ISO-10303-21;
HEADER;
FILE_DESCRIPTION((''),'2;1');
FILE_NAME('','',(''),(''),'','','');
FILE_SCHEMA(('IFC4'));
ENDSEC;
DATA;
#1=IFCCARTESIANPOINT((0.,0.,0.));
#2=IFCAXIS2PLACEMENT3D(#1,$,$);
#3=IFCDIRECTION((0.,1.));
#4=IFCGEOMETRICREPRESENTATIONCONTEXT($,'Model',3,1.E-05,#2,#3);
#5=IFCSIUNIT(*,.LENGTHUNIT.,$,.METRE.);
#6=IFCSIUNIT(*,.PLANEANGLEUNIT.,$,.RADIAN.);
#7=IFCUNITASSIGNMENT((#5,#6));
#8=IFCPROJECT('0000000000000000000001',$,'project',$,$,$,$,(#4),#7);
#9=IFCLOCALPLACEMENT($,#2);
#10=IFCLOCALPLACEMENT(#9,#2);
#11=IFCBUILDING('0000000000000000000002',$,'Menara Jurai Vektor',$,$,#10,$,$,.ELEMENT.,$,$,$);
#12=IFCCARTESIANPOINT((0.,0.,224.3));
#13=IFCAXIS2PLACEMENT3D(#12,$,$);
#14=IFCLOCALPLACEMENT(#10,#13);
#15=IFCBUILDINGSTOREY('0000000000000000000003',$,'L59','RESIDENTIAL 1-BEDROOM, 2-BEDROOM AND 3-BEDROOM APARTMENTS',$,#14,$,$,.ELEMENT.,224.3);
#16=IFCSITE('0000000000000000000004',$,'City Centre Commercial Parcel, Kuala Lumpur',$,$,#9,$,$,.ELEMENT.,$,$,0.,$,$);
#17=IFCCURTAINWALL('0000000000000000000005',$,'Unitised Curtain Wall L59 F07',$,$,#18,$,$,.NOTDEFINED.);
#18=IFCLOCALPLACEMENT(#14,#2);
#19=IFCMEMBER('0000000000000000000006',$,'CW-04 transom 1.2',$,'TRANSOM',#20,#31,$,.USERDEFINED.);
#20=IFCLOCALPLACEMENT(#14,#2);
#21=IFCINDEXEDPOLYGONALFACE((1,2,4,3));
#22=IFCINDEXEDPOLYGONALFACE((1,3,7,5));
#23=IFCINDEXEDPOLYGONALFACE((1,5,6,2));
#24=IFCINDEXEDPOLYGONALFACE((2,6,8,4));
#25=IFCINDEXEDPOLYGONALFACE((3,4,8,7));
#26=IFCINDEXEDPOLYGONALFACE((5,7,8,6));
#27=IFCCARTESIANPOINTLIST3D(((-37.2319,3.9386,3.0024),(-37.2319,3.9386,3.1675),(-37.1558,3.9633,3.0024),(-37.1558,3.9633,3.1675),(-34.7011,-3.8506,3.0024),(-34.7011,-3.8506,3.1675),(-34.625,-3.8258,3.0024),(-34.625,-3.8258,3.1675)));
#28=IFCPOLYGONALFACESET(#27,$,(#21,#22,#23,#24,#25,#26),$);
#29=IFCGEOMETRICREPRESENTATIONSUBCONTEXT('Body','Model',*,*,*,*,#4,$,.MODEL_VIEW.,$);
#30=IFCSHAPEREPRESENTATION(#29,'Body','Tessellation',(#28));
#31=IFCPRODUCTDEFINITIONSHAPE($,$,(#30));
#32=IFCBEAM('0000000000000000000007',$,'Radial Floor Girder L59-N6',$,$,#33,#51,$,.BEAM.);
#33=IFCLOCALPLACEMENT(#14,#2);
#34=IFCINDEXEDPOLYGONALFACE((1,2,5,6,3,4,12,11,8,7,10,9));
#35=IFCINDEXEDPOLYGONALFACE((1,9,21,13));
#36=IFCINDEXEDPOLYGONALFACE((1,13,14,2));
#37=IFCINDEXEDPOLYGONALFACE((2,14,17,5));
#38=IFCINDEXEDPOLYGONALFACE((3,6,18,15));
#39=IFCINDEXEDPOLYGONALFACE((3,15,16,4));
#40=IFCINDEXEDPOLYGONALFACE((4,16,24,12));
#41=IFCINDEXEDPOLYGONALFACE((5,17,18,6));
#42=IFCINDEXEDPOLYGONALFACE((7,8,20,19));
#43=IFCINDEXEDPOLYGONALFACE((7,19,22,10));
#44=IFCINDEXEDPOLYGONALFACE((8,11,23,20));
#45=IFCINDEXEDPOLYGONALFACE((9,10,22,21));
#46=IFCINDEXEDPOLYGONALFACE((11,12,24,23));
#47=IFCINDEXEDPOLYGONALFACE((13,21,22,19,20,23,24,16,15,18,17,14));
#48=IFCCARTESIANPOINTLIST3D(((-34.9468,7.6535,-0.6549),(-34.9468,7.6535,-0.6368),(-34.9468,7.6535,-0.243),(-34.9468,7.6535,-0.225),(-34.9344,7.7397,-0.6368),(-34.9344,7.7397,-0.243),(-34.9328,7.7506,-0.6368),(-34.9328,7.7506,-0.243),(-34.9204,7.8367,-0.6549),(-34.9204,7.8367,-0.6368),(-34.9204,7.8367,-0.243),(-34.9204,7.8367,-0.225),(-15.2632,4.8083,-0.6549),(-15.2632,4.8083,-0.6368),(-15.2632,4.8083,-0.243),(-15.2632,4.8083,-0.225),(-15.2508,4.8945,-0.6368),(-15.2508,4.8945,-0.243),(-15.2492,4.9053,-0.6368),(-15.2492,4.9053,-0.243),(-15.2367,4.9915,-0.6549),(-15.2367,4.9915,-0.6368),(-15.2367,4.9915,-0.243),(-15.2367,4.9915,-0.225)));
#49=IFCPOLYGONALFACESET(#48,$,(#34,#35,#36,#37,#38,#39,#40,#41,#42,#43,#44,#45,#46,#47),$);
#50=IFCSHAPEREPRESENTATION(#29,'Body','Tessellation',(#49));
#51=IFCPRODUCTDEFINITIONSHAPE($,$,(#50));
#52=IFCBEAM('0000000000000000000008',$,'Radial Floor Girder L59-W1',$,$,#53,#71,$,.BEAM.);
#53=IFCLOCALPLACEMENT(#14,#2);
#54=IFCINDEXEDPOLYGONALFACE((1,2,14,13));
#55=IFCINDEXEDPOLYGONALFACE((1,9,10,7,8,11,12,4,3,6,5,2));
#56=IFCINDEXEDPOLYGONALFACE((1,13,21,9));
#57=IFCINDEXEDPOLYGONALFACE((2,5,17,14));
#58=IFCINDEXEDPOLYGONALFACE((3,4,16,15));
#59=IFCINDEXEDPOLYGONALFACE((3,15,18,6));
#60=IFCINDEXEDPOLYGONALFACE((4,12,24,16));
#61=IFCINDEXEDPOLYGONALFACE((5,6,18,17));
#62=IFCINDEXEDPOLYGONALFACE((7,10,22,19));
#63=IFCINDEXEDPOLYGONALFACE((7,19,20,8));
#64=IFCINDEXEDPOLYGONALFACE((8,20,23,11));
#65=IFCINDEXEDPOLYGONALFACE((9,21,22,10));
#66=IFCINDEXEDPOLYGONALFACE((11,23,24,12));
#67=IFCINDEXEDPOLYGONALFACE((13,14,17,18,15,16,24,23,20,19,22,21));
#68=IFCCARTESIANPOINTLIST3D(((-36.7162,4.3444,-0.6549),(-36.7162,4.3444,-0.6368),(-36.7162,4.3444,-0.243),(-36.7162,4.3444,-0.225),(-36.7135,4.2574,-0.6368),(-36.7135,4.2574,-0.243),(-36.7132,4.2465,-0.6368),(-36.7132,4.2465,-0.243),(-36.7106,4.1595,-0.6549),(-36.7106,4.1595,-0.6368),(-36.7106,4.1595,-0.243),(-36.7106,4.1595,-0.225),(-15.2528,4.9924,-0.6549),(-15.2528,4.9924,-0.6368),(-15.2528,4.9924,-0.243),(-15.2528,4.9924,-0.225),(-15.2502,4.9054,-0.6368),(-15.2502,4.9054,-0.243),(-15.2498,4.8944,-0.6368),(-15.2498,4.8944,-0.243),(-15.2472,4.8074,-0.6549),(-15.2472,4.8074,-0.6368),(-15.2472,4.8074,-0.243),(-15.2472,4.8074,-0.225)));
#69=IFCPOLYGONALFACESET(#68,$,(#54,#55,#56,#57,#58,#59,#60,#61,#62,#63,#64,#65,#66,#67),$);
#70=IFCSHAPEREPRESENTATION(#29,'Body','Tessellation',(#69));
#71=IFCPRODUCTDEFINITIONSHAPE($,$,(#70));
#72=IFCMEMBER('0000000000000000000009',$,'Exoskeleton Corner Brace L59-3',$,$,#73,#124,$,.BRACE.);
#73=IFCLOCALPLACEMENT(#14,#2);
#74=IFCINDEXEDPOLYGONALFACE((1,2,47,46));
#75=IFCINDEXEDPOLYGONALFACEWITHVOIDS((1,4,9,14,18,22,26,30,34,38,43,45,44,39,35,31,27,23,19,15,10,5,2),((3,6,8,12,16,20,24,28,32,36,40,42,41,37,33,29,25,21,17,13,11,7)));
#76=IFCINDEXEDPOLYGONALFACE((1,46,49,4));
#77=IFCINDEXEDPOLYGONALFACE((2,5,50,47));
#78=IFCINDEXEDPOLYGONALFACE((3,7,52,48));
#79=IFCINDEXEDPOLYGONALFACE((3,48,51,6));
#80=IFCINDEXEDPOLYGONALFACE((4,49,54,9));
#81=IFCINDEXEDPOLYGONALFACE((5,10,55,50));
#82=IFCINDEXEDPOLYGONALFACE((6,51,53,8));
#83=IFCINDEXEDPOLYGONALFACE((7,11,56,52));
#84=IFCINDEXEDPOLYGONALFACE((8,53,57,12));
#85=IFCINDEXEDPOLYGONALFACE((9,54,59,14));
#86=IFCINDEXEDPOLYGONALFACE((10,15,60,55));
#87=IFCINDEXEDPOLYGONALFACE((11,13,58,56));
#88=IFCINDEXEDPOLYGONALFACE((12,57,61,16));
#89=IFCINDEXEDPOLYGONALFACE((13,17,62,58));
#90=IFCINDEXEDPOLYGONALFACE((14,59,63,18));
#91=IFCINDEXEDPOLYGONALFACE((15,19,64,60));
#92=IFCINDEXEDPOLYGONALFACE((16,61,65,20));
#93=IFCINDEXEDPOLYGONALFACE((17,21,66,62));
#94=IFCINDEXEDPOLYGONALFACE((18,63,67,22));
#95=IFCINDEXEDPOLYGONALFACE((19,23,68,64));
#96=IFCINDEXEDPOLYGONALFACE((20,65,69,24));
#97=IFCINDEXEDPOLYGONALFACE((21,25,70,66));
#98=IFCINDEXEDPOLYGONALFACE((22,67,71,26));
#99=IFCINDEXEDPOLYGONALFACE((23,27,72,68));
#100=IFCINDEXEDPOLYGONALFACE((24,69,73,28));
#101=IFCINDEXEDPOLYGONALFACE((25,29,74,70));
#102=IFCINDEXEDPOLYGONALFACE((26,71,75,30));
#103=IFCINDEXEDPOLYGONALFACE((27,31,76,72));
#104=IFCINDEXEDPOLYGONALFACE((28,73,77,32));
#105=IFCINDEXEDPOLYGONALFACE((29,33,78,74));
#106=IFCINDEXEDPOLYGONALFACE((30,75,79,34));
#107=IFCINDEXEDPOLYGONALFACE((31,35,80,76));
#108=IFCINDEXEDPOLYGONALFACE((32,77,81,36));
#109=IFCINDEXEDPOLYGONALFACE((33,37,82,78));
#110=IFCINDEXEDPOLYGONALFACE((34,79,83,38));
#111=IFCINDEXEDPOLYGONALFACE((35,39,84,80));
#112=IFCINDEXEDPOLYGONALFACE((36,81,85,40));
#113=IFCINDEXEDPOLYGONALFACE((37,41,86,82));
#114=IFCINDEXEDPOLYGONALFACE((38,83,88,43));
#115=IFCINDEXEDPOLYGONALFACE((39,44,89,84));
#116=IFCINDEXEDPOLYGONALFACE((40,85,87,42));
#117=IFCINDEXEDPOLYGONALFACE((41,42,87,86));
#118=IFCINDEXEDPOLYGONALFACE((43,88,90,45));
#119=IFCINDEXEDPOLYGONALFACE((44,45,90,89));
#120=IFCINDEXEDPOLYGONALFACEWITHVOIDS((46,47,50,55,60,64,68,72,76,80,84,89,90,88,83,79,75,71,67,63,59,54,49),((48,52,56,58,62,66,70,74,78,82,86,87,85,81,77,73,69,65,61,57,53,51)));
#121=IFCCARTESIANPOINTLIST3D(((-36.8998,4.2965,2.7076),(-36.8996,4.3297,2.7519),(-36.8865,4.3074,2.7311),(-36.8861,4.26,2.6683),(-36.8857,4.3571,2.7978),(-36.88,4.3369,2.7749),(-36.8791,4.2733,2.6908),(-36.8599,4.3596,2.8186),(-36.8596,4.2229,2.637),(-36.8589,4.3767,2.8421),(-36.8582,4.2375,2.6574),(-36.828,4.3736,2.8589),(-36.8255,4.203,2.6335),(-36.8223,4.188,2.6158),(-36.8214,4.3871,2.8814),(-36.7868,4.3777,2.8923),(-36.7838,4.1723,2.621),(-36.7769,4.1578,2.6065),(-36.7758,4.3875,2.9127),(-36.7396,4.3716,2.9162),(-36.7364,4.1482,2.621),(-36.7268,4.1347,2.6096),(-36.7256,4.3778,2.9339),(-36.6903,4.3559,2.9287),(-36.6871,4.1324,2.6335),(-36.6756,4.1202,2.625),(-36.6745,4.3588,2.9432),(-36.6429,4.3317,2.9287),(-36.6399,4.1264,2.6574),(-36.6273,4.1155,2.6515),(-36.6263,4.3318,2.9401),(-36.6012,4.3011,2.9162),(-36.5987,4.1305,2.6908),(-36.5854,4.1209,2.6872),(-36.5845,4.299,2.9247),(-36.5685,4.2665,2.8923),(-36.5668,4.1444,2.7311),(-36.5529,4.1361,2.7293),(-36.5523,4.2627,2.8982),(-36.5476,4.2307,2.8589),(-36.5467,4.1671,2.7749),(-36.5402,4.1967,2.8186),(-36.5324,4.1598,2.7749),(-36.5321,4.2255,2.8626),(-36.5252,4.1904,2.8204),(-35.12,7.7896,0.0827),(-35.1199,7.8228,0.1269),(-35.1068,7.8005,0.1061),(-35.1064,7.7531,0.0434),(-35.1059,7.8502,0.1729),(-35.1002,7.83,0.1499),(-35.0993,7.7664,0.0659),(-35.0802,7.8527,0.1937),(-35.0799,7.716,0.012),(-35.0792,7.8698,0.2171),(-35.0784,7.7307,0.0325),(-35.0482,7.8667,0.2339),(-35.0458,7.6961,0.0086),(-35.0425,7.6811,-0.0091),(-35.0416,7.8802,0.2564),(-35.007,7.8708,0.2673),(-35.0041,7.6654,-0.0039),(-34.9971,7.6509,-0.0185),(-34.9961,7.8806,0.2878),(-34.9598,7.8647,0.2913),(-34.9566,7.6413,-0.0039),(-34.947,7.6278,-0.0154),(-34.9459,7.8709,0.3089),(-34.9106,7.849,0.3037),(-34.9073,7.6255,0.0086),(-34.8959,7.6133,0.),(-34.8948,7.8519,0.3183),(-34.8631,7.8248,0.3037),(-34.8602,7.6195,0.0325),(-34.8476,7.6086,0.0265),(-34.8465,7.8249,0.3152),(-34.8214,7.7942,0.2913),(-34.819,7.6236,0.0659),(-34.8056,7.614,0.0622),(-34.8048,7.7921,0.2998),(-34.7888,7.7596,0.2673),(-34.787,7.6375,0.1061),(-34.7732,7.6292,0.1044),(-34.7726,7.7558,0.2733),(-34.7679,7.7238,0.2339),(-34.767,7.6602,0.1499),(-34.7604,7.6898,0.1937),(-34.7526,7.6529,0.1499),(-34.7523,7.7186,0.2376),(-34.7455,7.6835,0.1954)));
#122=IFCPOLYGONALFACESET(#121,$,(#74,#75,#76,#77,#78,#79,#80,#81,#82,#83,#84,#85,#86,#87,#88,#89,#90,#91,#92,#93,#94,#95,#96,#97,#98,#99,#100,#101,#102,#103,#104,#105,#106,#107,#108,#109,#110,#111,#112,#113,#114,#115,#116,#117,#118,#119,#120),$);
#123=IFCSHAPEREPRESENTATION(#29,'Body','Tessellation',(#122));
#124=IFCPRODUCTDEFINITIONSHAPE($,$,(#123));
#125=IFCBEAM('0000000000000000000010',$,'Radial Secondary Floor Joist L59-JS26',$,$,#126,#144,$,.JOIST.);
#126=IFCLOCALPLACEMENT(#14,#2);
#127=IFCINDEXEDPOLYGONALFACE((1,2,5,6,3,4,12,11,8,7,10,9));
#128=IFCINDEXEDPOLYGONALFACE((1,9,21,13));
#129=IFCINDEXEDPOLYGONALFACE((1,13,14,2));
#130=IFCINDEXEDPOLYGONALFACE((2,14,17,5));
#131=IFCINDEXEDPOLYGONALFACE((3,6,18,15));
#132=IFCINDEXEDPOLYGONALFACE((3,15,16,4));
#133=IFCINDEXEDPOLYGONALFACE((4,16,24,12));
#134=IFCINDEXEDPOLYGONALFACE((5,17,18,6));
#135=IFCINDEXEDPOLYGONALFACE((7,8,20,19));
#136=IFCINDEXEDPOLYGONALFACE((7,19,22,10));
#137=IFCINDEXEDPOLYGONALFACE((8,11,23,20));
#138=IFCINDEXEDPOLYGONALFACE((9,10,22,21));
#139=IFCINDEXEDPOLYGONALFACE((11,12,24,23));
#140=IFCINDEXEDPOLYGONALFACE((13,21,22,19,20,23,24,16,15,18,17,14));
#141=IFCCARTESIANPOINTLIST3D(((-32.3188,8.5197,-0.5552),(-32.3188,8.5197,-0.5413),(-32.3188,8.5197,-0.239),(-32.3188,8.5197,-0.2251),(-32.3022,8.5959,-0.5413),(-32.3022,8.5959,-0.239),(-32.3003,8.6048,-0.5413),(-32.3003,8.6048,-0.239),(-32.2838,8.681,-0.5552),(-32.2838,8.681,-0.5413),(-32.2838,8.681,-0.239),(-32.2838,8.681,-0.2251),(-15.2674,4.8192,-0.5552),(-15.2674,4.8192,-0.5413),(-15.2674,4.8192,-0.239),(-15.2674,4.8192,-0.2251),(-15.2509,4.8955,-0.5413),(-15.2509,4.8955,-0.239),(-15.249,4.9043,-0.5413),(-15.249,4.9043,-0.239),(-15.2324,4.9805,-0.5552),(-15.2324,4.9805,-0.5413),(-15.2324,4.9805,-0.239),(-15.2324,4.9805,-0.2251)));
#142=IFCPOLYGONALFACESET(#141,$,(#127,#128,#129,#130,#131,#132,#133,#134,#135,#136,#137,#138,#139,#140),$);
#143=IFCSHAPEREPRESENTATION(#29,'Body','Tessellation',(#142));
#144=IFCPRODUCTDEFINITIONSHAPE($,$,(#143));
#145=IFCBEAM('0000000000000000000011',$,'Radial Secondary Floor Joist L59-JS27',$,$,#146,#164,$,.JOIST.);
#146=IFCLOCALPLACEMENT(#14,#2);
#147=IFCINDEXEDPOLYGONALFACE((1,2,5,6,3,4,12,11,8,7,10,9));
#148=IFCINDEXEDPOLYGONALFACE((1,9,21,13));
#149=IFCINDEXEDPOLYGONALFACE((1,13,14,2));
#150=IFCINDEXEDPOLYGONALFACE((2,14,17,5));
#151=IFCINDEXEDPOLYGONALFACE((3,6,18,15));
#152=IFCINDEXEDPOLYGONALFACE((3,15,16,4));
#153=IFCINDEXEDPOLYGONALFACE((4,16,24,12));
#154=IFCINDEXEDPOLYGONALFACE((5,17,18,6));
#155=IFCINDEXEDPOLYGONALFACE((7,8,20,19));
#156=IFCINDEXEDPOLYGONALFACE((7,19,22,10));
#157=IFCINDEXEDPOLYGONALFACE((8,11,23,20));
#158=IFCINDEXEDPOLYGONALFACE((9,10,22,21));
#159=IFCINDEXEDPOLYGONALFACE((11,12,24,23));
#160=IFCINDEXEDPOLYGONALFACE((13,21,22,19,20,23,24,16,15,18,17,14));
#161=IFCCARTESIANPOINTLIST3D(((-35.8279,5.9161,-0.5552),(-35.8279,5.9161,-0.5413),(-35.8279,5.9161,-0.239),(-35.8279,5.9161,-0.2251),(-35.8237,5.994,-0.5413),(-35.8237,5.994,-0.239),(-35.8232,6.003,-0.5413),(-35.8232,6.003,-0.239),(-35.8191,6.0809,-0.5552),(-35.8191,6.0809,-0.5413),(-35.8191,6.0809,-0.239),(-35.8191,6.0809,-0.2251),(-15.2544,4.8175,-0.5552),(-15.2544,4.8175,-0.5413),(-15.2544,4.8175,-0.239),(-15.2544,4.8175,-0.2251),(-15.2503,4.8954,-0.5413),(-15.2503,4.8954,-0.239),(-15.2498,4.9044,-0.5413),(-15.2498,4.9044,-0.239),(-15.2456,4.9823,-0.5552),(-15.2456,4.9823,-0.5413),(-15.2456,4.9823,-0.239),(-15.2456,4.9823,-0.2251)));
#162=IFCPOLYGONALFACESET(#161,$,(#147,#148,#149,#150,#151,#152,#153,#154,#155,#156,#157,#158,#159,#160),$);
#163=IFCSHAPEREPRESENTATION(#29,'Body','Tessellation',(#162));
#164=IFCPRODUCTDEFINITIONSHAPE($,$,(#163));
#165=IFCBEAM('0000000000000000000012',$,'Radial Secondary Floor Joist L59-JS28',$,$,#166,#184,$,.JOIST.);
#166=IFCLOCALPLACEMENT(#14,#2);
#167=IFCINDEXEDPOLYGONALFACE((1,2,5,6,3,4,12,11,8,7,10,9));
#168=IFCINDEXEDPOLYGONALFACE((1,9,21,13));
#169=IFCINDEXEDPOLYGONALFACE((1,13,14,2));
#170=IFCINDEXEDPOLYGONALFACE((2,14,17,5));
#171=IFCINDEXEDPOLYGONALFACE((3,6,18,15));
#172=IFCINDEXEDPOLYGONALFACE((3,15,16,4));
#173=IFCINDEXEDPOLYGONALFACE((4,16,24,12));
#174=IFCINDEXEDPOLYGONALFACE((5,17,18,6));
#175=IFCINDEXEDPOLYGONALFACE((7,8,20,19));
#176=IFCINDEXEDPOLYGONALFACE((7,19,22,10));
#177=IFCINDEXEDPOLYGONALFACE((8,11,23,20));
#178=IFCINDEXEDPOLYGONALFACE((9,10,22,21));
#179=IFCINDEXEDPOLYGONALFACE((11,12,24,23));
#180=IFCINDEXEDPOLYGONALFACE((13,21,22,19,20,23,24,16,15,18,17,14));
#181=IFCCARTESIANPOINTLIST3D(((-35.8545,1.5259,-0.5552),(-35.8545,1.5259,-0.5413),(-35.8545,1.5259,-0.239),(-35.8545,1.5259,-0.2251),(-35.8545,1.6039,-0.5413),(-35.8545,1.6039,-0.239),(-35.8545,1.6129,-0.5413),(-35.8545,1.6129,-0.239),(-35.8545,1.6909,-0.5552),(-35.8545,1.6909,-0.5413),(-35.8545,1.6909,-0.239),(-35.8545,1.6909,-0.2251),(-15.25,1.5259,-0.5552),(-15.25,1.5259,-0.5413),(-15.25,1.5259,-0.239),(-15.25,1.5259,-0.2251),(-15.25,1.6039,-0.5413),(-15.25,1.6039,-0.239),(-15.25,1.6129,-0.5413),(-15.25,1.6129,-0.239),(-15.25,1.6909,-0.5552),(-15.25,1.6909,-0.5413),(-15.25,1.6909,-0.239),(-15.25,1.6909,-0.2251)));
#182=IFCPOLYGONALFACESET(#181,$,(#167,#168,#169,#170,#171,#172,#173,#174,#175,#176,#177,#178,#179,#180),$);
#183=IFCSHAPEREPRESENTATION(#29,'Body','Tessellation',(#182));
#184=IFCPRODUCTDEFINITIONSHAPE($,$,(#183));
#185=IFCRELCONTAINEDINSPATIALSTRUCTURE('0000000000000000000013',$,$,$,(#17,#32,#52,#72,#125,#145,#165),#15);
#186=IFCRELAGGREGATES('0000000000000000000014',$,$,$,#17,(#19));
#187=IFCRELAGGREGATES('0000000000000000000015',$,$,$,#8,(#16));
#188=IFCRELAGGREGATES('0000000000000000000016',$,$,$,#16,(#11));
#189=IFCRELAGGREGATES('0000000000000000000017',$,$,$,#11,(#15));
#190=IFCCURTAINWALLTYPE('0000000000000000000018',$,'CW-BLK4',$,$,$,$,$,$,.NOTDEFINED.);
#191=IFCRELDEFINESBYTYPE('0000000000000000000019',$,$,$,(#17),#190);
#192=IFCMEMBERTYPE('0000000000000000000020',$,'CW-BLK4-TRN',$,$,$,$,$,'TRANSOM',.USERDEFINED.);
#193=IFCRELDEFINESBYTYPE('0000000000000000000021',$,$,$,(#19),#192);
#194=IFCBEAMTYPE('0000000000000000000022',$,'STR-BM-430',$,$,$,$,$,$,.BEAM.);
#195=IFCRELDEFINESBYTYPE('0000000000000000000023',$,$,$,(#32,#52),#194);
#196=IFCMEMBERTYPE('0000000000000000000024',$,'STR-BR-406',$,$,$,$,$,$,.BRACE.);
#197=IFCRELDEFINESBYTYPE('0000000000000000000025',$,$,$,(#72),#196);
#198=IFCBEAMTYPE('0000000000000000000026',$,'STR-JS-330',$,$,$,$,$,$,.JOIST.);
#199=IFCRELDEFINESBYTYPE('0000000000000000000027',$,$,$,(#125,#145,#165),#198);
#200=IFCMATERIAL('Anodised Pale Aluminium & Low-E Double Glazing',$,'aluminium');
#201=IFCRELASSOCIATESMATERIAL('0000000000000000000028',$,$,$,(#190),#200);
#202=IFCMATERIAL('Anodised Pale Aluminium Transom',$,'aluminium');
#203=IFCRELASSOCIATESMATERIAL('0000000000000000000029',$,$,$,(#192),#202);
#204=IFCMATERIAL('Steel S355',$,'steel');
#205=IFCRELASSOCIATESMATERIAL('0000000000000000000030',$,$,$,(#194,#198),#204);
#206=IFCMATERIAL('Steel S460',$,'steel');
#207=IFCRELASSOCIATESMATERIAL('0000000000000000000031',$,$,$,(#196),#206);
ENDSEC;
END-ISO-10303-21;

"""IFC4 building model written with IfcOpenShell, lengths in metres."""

from ifc_helpers import new_model, si_unit, direction, frame, origin, origin_2d, place, context, subcontext, project, spatial, rectangle, hollow_circle, i_section, extrude, material, material_profile, profile_set, type_object, element, aggregate, save


model = new_model("IFC4")

# Units and contexts
model_context = context("Model", 3, precision=1e-05, world=origin(), true_north=direction((0.0, 1.0)))
body_context = subcontext(model_context, "Body", "Model", "MODEL_VIEW")
ifc_project = project(units=[si_unit("LENGTHUNIT", "METRE"), si_unit("PLANEANGLEUNIT", "RADIAN")], contexts=[model_context])

# Site, building, storey
site_placement = place(None, origin())
site = spatial("IfcSite", under=ifc_project, at=site_placement, Name="City Centre Commercial Parcel, Kuala Lumpur", CompositionType="ELEMENT", RefElevation=0.0)
building_placement = place(site_placement, origin())
building = spatial("IfcBuilding", under=site, at=building_placement, Name="Menara Jurai Vektor", CompositionType="ELEMENT")
storey_placement = place(building_placement, frame((0.0, 0.0, 224.3)))
storey = spatial("IfcBuildingStorey", under=building, at=storey_placement, Name="L59", Description="RESIDENTIAL 1-BEDROOM, 2-BEDROOM AND 3-BEDROOM APARTMENTS", CompositionType="ELEMENT", Elevation=224.3)

# Shared definitions
ifc_material_1 = material(Name="Steel S460", Category="steel")

# Shared definitions
ifc_material_2 = material(Name="Anodised Pale Aluminium & Low-E Double Glazing", Category="aluminium")
curtain_wall_type = type_object("IfcCurtainWallType", Name="CW-BLK4", PredefinedType="NOTDEFINED", material=ifc_material_2)

# Curtain wall
curtain_wall_1_placement = place(storey_placement, origin())
curtain_wall_1 = element("IfcCurtainWall", 1, at=curtain_wall_1_placement, inside=storey, type_object=curtain_wall_type, Name="Unitised Curtain Wall L59 F07", PredefinedType="NOTDEFINED")

# Member
ifc_material_3 = material(Name="Anodised Pale Aluminium Transom", Category="aluminium")
ifc_material_profile_1 = material_profile(ifc_material_3, rectangle(XDim=0.0801, YDim=0.165, at=origin_2d()), Name="ALU TRN 80x165")
ifc_profile_set_1 = profile_set([ifc_material_profile_1], Name="Anodised Pale Aluminium Transom")
member_type_1 = type_object("IfcMemberType", Name="CW-BLK4-TRN", ElementType="TRANSOM", PredefinedType="USERDEFINED", material=ifc_profile_set_1)
member_1_placement = place(storey_placement, frame((-37.1938, 3.9509, 3.085), z_axis=(0.309011, -0.951059, 0.0), x_axis=(0.951059, 0.309011, 0.0)))
member_1 = element("IfcMember", 2, at=member_1_placement, type_object=member_type_1, Name="CW-04 transom 1.2", ObjectType="TRANSOM", PredefinedType="USERDEFINED", context=body_context, shape_type="SweptSolid", body=[
    extrude(rectangle(XDim=0.0801, YDim=0.165, at=origin_2d()), origin(), (0.0, 0.0, 1.0), 8.1899),
])

# Beams
ifc_material_4 = material(Name="Steel S355", Category="steel")
ifc_material_profile_2 = material_profile(ifc_material_4, i_section(OverallWidth=0.1851, OverallDepth=0.4299, WebThickness=0.011, FlangeThickness=0.0181, at=origin_2d()), Name="PG 430x185x76")
ifc_profile_set_2 = profile_set([ifc_material_profile_2], Name="Steel S355")
beam_type_1 = type_object("IfcBeamType", Name="STR-BM-430", PredefinedType="BEAM", material=ifc_profile_set_2)
beam_1_placement = place(storey_placement, frame((-34.9336, 7.7451, -0.4399), z_axis=(0.989714, -0.143061, 0.0), x_axis=(0.143061, 0.989714, 0.0)))
element("IfcBeam", 3, at=beam_1_placement, inside=storey, type_object=beam_type_1, Name="Radial Floor Girder L59-N6", PredefinedType="BEAM", context=body_context, shape_type="SweptSolid", body=[
    extrude(i_section(OverallWidth=0.1851, OverallDepth=0.4299, WebThickness=0.011, FlangeThickness=0.0181, at=origin_2d()), origin(), (0.0, 0.0, 1.0), 19.8882),
])
beam_2_placement = place(storey_placement, frame((-36.7134, 4.252, -0.4399), z_axis=(0.999545, 0.030175, 0.0), x_axis=(-0.030175, 0.999545, 0.0)))
element("IfcBeam", 4, at=beam_2_placement, inside=storey, type_object=beam_type_1, Name="Radial Floor Girder L59-W1", PredefinedType="BEAM", context=body_context, shape_type="SweptSolid", body=[
    extrude(i_section(OverallWidth=0.1851, OverallDepth=0.4299, WebThickness=0.011, FlangeThickness=0.0181, at=origin_2d()), origin(), (0.0, 0.0, 1.0), 21.4731),
])

# Member
ifc_material_profile_3 = material_profile(ifc_material_1, hollow_circle(Radius=0.2031, WallThickness=0.0161, at=origin_2d()), Name="CHS 406.4x16")
ifc_profile_set_3 = profile_set([ifc_material_profile_3], Name="Steel S460")
member_type_2 = type_object("IfcMemberType", Name="STR-BR-406", PredefinedType="BRACE", material=ifc_profile_set_3)
member_2_placement = place(storey_placement, frame((-34.9336, 7.7451, 0.1499), z_axis=(-0.377225, -0.740375, 0.556368), x_axis=(0.891014, -0.453976, 0.0)))
element("IfcMember", 5, at=member_2_placement, inside=storey, type_object=member_type_2, Name="Exoskeleton Corner Brace L59-3", PredefinedType="BRACE", context=body_context, shape_type="SweptSolid", body=[
    extrude(hollow_circle(Radius=0.2031, WallThickness=0.0161, at=origin_2d()), origin(), (0.0, 0.0, 1.0), 4.718),
])

# Beams
ifc_material_profile_4 = material_profile(ifc_material_4, i_section(OverallWidth=0.165, OverallDepth=0.3301, WebThickness=0.009, FlangeThickness=0.0139, at=origin_2d()), Name="PG 330x165x46")
ifc_profile_set_4 = profile_set([ifc_material_profile_4], Name="Steel S355")
beam_type_2 = type_object("IfcBeamType", Name="STR-JS-330", PredefinedType="JOIST", material=ifc_profile_set_4)
beam_3_placement = place(storey_placement, frame((-32.3013, 8.6003, -0.3901), z_axis=(0.977252, -0.212082, 0.0), x_axis=(0.212082, 0.977252, 0.0)))
element("IfcBeam", 6, at=beam_3_placement, inside=storey, type_object=beam_type_2, Name="Radial Secondary Floor Joist L59-JS26", PredefinedType="JOIST", context=body_context, shape_type="SweptSolid", body=[
    extrude(i_section(OverallWidth=0.165, OverallDepth=0.3301, WebThickness=0.009, FlangeThickness=0.0139, at=origin_2d()), origin(), (0.0, 0.0, 1.0), 17.4482),
])
beam_4_placement = place(storey_placement, frame((-35.8235, 5.9985, -0.3901), z_axis=(0.998577, -0.053324, 0.0), x_axis=(0.053324, 0.998577, 0.0)))
element("IfcBeam", 7, at=beam_4_placement, inside=storey, type_object=beam_type_2, Name="Radial Secondary Floor Joist L59-JS27", PredefinedType="JOIST", context=body_context, shape_type="SweptSolid", body=[
    extrude(i_section(OverallWidth=0.165, OverallDepth=0.3301, WebThickness=0.009, FlangeThickness=0.0139, at=origin_2d()), origin(), (0.0, 0.0, 1.0), 20.6028),
])
beam_5_placement = place(storey_placement, frame((-35.8545, 1.6084, -0.3901), z_axis=(1.0, 0.0, 0.0), x_axis=(0.0, 1.0, 0.0)))
element("IfcBeam", 8, at=beam_5_placement, inside=storey, type_object=beam_type_2, Name="Radial Secondary Floor Joist L59-JS28", PredefinedType="JOIST", context=body_context, shape_type="SweptSolid", body=[
    extrude(i_section(OverallWidth=0.165, OverallDepth=0.3301, WebThickness=0.009, FlangeThickness=0.0139, at=origin_2d()), origin(), (0.0, 0.0, 1.0), 20.6045),
])

aggregate(curtain_wall_1, [member_1])

save(model, "model.ifc")
